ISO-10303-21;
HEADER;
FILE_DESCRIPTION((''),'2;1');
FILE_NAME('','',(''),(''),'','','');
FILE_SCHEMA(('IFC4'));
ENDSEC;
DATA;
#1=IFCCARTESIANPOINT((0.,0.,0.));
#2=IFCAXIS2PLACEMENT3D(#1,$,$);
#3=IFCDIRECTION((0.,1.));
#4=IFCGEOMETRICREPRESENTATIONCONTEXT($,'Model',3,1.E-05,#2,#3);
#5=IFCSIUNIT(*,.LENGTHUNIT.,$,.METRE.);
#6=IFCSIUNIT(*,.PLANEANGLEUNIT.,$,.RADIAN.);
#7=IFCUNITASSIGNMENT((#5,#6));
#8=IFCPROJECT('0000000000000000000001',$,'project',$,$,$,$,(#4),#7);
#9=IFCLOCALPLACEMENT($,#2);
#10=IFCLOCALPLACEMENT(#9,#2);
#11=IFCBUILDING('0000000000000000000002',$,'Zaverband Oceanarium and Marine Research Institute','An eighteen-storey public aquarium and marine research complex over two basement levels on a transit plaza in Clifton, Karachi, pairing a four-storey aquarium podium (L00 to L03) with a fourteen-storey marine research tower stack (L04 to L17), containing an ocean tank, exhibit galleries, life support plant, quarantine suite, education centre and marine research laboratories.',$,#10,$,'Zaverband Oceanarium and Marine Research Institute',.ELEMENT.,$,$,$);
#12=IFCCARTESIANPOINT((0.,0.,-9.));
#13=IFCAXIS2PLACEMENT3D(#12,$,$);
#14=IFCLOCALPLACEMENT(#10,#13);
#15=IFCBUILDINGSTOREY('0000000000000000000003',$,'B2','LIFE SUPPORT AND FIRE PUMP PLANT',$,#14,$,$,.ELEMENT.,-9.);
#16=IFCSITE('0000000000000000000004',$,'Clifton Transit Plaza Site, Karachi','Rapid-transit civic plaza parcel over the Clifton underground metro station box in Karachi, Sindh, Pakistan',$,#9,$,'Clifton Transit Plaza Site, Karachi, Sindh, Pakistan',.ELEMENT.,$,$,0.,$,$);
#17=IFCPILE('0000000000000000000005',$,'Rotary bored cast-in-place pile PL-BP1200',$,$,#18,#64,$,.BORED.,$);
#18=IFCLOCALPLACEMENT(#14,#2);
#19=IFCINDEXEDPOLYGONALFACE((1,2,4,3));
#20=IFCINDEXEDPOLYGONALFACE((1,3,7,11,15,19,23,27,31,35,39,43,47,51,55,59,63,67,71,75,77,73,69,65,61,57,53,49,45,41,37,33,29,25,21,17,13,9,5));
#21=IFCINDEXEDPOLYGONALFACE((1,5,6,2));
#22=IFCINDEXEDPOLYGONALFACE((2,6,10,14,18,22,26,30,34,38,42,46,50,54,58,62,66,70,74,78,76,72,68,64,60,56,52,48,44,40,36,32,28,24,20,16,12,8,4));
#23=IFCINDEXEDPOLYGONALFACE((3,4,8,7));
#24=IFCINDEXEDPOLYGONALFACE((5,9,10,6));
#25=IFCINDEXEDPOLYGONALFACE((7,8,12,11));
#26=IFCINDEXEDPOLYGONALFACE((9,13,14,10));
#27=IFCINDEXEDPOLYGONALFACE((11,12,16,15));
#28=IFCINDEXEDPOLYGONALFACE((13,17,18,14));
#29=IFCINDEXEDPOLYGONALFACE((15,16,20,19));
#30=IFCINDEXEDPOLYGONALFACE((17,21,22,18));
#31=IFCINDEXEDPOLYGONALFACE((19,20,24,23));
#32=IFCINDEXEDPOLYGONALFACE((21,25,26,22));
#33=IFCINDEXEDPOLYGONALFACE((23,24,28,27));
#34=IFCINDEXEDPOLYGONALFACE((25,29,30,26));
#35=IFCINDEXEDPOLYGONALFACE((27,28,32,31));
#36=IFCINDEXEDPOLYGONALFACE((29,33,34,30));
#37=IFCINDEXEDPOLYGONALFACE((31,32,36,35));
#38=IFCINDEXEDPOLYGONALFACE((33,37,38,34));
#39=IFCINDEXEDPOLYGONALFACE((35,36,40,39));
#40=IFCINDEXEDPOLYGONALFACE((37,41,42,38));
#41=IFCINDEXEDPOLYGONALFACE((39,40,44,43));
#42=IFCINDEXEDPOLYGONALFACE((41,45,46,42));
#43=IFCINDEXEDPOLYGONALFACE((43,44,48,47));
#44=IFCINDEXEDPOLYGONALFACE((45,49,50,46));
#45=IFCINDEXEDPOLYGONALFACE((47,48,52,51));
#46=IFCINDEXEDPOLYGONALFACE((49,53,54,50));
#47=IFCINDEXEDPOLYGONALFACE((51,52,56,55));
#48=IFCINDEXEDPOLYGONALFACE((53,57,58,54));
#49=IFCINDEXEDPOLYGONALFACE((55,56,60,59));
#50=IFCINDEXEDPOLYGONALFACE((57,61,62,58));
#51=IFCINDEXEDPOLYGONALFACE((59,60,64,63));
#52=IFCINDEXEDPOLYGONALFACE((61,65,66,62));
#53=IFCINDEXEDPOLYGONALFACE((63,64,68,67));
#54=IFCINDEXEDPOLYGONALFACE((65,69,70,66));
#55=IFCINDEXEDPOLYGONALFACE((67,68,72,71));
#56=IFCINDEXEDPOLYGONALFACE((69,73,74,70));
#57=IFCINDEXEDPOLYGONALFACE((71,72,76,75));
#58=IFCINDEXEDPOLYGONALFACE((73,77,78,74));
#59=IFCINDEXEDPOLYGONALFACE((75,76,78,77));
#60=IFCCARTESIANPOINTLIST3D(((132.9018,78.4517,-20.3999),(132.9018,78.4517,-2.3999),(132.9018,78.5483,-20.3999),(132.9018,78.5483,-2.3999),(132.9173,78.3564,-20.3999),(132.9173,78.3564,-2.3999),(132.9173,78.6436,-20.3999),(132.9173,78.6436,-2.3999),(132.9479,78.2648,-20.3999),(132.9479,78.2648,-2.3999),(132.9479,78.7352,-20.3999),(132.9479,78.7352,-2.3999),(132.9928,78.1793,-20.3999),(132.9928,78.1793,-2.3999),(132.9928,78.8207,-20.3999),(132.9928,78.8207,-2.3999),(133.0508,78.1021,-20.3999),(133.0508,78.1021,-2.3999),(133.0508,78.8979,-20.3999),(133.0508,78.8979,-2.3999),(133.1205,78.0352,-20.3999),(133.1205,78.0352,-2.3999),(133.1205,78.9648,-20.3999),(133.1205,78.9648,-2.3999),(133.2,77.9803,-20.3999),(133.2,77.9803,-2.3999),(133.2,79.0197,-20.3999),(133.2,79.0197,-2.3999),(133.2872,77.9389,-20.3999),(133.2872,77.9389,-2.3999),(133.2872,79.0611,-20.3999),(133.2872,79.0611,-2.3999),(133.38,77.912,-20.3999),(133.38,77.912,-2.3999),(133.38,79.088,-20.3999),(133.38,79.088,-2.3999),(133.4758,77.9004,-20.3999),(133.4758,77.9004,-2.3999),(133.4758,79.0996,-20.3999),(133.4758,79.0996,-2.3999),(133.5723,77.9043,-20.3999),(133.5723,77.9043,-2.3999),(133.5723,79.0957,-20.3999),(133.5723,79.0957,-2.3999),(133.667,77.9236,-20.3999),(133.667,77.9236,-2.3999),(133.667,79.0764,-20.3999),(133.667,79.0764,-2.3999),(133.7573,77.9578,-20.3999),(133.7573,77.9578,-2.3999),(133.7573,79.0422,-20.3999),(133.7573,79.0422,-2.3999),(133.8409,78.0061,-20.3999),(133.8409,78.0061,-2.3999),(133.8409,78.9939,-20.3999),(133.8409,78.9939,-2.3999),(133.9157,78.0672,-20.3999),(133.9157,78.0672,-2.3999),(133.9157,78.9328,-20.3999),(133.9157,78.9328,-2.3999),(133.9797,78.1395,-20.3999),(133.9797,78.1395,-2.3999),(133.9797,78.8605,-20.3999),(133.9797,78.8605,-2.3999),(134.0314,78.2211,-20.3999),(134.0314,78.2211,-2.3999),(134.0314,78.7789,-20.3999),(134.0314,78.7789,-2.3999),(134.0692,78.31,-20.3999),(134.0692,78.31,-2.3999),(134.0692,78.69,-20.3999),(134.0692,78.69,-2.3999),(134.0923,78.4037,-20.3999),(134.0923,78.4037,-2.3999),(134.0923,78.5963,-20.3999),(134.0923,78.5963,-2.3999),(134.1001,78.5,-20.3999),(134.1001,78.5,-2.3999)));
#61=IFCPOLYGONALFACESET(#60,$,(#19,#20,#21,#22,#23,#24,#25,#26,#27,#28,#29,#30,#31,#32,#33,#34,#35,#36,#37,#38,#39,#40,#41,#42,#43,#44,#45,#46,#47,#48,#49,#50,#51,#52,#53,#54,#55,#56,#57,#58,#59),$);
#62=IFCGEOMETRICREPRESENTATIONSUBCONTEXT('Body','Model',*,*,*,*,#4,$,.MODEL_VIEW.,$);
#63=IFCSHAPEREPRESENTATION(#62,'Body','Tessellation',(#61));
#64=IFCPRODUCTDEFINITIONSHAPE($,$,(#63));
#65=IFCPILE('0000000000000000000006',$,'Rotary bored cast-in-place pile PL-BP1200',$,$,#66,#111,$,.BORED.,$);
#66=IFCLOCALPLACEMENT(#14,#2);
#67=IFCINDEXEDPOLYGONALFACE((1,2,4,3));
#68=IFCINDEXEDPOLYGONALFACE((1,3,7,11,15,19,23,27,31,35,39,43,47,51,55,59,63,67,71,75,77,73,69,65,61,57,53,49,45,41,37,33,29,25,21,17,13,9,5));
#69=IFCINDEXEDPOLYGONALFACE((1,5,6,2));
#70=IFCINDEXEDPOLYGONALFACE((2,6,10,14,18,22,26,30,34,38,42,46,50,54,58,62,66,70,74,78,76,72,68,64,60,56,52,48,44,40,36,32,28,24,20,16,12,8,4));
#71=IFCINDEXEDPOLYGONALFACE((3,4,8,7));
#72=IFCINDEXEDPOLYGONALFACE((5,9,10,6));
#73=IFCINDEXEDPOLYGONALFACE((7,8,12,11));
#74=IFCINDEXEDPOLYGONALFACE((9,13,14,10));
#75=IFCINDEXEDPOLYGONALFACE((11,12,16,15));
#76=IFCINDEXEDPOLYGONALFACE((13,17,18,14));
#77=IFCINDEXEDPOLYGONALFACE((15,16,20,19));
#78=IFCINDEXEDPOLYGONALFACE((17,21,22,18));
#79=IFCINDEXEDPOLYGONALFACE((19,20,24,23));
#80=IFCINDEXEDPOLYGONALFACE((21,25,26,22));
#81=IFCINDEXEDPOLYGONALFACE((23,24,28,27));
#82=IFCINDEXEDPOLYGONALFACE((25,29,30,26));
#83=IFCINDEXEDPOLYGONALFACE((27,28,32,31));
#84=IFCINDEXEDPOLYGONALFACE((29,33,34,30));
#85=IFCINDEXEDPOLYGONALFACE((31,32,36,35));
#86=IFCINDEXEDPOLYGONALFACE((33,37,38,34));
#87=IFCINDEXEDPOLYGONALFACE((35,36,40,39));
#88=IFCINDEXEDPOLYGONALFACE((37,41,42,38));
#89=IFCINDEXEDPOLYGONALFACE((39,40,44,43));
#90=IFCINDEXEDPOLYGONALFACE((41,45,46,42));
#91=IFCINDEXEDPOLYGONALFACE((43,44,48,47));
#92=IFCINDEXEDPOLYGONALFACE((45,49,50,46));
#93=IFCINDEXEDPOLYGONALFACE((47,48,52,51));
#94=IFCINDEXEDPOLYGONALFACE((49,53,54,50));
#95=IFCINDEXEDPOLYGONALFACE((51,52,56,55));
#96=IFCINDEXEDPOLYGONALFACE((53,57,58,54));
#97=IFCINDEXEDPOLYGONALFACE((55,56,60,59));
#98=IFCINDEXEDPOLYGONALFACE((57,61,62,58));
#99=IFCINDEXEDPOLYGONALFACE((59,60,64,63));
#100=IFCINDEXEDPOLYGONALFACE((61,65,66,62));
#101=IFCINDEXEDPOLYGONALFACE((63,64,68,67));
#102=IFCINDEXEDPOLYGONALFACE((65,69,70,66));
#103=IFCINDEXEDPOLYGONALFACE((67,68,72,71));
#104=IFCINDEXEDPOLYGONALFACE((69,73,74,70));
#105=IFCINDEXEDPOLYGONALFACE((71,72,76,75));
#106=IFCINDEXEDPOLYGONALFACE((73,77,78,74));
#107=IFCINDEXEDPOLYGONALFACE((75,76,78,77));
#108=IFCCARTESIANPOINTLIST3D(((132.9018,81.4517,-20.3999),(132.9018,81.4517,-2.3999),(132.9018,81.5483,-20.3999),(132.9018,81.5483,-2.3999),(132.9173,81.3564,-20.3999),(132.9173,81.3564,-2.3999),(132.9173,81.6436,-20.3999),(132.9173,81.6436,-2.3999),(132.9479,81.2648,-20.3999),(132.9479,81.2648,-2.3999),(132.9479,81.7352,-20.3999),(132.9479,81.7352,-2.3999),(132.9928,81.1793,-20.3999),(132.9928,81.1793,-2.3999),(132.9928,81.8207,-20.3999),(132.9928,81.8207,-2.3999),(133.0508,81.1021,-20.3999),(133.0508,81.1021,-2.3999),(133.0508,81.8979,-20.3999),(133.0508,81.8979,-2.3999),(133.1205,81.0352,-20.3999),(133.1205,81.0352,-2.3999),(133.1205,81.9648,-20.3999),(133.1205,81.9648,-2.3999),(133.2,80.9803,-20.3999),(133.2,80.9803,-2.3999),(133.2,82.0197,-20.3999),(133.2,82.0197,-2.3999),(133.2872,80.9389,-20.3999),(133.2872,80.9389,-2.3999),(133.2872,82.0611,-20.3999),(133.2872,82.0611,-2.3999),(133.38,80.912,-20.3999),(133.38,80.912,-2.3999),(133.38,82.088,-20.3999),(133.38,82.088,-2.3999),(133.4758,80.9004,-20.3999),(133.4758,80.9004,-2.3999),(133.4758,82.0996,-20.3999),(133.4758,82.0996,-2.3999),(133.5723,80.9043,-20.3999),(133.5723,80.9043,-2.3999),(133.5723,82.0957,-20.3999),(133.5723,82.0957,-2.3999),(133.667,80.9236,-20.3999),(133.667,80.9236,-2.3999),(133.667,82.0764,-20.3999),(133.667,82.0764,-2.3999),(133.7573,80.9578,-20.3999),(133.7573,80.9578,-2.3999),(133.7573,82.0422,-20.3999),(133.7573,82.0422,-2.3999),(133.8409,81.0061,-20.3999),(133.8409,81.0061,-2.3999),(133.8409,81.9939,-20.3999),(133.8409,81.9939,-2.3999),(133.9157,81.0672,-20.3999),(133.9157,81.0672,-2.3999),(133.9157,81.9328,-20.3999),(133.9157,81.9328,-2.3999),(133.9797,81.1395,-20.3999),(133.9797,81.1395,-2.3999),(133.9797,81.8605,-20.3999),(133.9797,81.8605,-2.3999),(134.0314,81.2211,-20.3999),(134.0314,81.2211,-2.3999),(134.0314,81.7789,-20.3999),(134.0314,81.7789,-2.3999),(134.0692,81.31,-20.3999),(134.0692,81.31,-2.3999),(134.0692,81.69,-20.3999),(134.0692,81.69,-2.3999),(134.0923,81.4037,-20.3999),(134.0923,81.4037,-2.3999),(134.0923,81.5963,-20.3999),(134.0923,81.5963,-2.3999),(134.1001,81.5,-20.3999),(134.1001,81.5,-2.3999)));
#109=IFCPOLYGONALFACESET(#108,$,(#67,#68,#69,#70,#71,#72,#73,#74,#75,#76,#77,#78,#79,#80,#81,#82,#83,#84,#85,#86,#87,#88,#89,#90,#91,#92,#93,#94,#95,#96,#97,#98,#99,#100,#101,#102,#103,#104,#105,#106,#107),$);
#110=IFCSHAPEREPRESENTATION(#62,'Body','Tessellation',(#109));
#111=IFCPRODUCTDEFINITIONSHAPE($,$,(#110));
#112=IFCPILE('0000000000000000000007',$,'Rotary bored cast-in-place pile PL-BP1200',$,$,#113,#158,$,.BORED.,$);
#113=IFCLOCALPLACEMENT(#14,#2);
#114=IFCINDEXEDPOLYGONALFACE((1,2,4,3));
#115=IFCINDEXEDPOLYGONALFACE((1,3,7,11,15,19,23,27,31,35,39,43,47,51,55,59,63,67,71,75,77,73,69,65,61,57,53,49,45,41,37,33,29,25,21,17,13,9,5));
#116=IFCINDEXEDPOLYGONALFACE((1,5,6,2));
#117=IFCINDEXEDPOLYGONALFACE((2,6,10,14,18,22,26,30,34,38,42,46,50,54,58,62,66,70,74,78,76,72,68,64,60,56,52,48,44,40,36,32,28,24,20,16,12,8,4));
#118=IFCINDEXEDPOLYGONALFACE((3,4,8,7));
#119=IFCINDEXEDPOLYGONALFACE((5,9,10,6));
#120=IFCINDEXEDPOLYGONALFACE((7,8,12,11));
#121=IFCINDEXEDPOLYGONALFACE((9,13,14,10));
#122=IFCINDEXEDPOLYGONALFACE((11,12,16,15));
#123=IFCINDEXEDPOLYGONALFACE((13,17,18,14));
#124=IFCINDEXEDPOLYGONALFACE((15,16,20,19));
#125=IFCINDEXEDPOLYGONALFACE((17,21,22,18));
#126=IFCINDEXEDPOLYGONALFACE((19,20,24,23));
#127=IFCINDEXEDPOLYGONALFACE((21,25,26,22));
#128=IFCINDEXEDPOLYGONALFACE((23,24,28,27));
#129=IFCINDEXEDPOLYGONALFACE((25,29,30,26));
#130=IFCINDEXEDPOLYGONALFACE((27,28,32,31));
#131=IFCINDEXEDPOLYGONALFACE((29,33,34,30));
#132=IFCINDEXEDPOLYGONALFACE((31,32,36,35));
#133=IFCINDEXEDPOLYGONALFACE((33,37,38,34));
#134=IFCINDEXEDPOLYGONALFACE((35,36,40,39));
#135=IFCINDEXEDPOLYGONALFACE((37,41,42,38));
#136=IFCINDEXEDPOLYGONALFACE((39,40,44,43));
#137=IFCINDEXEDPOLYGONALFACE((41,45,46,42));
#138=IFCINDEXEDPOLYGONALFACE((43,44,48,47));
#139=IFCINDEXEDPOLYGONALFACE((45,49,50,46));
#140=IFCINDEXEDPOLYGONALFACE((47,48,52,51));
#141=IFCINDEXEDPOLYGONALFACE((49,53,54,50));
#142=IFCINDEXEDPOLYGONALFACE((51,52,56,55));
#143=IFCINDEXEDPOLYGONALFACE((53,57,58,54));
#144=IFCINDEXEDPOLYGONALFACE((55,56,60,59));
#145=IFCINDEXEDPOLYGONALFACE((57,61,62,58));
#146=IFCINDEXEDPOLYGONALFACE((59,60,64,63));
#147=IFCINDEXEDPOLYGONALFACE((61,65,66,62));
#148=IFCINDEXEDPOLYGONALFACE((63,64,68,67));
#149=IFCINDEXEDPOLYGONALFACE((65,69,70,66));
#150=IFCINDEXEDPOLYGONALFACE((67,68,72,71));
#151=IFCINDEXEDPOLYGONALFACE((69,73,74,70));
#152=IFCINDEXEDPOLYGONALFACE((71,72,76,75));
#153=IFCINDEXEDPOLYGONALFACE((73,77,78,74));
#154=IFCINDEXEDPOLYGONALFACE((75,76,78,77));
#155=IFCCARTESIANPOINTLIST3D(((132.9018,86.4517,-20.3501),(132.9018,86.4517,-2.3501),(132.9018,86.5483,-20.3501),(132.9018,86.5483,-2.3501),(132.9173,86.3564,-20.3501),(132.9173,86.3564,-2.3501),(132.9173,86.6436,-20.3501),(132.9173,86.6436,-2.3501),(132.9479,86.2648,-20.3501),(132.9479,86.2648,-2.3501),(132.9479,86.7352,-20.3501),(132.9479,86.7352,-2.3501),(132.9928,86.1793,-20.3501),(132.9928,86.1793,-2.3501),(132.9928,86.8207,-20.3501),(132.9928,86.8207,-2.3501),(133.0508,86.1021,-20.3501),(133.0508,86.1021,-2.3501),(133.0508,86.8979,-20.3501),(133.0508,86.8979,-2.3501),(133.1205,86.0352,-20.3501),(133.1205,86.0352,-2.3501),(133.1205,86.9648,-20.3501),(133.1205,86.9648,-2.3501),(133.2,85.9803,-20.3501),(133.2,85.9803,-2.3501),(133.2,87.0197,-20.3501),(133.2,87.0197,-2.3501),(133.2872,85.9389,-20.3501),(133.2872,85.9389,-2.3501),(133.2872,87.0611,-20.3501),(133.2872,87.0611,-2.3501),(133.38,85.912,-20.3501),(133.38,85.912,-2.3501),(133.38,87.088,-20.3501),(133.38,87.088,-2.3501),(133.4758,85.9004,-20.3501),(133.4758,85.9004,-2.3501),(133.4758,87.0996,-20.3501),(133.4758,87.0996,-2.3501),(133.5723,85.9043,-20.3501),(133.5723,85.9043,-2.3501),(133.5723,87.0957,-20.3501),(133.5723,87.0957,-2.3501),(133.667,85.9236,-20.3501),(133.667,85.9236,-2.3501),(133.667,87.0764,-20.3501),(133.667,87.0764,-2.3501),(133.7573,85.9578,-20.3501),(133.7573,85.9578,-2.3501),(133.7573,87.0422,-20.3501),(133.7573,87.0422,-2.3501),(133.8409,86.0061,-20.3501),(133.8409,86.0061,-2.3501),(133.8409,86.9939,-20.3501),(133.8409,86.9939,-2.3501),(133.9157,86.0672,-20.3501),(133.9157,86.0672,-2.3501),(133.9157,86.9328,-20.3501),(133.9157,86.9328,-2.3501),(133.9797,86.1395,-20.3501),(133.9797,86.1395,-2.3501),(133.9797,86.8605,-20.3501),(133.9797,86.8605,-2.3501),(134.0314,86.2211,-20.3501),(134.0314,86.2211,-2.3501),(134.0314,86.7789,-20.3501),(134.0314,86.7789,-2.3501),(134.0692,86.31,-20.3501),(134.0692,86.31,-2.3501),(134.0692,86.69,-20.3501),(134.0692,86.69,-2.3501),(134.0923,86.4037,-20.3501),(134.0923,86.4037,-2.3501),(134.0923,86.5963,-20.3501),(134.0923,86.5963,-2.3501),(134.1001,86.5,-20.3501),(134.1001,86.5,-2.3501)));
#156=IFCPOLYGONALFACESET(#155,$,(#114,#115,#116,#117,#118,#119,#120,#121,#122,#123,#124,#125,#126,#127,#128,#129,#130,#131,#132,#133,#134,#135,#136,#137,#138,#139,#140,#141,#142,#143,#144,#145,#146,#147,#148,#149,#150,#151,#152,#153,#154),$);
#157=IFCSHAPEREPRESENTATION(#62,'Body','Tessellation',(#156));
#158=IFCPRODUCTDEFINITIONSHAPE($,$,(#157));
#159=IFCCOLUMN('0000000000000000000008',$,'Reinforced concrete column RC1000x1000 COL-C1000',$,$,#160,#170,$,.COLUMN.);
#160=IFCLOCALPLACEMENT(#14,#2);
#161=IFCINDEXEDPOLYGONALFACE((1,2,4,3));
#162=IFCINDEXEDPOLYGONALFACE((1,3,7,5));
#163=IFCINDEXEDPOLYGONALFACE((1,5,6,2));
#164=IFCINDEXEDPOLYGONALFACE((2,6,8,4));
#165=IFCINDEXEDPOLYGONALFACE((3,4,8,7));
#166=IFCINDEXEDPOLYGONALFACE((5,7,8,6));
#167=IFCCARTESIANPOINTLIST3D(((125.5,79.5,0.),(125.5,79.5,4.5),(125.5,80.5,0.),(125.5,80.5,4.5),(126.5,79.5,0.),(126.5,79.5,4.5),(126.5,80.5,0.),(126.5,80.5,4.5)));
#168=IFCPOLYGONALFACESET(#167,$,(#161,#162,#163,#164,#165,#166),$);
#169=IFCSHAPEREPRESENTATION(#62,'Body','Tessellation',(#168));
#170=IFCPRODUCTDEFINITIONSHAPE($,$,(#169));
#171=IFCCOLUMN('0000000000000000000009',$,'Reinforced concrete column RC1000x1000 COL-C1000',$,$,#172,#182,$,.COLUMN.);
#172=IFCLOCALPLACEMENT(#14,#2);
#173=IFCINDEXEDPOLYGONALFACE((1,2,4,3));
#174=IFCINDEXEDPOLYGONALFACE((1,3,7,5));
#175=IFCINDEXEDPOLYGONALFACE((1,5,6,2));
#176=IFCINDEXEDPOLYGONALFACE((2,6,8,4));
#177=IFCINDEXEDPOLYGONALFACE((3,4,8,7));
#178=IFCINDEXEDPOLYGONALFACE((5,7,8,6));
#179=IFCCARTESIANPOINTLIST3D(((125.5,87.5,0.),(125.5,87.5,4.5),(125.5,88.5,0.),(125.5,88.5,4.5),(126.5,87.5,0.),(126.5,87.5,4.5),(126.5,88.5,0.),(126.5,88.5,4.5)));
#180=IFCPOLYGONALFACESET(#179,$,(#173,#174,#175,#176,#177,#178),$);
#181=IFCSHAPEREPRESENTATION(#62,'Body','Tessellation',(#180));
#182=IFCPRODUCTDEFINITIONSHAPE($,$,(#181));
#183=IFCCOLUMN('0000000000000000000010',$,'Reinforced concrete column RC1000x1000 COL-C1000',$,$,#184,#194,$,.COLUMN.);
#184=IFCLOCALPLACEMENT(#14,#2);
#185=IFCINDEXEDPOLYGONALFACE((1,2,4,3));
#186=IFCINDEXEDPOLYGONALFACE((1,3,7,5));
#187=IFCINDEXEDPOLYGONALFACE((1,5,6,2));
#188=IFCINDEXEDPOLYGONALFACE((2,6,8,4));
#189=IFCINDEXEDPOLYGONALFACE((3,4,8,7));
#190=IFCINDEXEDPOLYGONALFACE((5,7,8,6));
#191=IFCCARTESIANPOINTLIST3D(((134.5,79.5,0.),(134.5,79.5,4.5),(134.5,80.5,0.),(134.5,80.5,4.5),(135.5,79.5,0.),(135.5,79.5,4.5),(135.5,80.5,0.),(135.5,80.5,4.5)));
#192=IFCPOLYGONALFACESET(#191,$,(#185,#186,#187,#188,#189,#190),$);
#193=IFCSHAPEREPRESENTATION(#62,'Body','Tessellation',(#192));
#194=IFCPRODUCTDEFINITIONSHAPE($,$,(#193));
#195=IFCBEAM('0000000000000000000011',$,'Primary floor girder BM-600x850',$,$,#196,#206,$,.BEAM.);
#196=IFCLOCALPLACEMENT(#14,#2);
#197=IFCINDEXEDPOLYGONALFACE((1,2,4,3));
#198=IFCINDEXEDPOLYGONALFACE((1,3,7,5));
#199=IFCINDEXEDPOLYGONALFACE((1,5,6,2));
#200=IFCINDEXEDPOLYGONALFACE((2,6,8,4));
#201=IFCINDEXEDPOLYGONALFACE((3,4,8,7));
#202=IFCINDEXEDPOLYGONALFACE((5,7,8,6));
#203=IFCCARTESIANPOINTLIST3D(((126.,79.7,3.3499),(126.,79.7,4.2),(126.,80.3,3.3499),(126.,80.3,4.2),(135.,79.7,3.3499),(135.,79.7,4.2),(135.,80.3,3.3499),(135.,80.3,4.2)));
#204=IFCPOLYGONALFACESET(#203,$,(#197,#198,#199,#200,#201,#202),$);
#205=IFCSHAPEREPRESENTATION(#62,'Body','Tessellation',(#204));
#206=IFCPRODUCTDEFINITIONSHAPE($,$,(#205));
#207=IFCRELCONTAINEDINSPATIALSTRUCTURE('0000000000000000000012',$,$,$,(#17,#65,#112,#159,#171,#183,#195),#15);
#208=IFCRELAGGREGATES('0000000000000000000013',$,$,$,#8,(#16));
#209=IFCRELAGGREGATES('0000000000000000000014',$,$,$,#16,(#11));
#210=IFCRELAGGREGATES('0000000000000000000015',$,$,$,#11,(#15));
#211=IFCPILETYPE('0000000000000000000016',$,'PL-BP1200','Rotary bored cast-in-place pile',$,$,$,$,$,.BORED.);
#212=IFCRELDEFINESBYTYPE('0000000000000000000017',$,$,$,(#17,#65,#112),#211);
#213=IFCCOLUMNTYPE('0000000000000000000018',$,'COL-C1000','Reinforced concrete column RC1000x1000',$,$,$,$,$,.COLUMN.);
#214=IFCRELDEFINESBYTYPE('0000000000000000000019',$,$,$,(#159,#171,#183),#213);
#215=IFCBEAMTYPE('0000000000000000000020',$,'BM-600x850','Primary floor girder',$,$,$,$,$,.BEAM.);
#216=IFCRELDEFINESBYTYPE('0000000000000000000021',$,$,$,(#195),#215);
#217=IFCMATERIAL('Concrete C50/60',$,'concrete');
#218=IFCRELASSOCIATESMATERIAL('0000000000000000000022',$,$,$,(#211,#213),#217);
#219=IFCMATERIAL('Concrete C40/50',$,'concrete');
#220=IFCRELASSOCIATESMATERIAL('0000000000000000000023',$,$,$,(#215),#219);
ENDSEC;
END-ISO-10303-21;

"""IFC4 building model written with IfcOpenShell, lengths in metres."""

from ifc_helpers import new_model, si_unit, direction, frame, origin, origin_2d, place, context, subcontext, project, spatial, rectangle, circle, extrude, material, material_profile, profile_set, type_object, element, save


model = new_model("IFC4")

# Units and contexts
model_context = context("Model", 3, precision=1e-05, world=origin(), true_north=direction((0.0, 1.0)))
body_context = subcontext(model_context, "Body", "Model", "MODEL_VIEW")
ifc_project = project(units=[si_unit("LENGTHUNIT", "METRE"), si_unit("PLANEANGLEUNIT", "RADIAN")], contexts=[model_context])

# Site, building, storey
site_placement = place(None, origin())
site = spatial("IfcSite", under=ifc_project, at=site_placement, Name="Clifton Transit Plaza Site, Karachi", Description="Rapid-transit civic plaza parcel over the Clifton underground metro station box in Karachi, Sindh, Pakistan", LongName="Clifton Transit Plaza Site, Karachi, Sindh, Pakistan", CompositionType="ELEMENT", RefElevation=0.0)
building_placement = place(site_placement, origin())
building = spatial("IfcBuilding", under=site, at=building_placement, Name="Zaverband Oceanarium and Marine Research Institute", Description="An eighteen-storey public aquarium and marine research complex over two basement levels on a transit plaza in Clifton, Karachi, pairing a four-storey aquarium podium (L00 to L03) with a fourteen-storey marine research tower stack (L04 to L17), containing an ocean tank, exhibit galleries, life support plant, quarantine suite, education centre and marine research laboratories.", LongName="Zaverband Oceanarium and Marine Research Institute", CompositionType="ELEMENT")
storey_placement = place(building_placement, frame((0.0, 0.0, -9.0)))
storey = spatial("IfcBuildingStorey", under=building, at=storey_placement, Name="B2", Description="LIFE SUPPORT AND FIRE PUMP PLANT", CompositionType="ELEMENT", Elevation=-9.0)

# Shared definitions
ifc_material_1 = material(Name="Concrete C50/60", Category="concrete")

# Piles
ifc_material_profile_1 = material_profile(ifc_material_1, circle(Radius=0.6001, at=origin_2d()), Name="BP1200")
ifc_profile_set_1 = profile_set([ifc_material_profile_1], Name="Concrete C50/60")
pile_type = type_object("IfcPileType", Name="PL-BP1200", Description="Rotary bored cast-in-place pile", PredefinedType="BORED", material=ifc_profile_set_1)
for number, where, z_axis, x_axis, name in (
    (1, (133.5, 78.5, -2.3999), (0.0, 0.0, -1.0), (1.0, 0.0, 0.0), "Rotary bored cast-in-place pile PL-BP1200"),
    (2, (133.5, 81.5, -2.3999), (0.0, 0.0, -1.0), (1.0, 0.0, 0.0), "Rotary bored cast-in-place pile PL-BP1200"),
    (3, (133.5, 86.5, -2.3501), (0.0, 0.0, -1.0), (1.0, 0.0, 0.0), "Rotary bored cast-in-place pile PL-BP1200"),
):
    element("IfcPile", number, at=place(storey_placement, frame(where, z_axis=z_axis, x_axis=x_axis)), inside=storey, type_object=pile_type, Name=name, PredefinedType="BORED", context=body_context, shape_type="SweptSolid", body=[
        extrude(circle(Radius=0.6001, at=origin_2d()), origin(), (0.0, 0.0, 1.0), 18.0),
    ])

# Columns
ifc_material_profile_2 = material_profile(ifc_material_1, rectangle(XDim=1.0, YDim=1.0, at=origin_2d()), Name="RC1000x1000")
ifc_profile_set_2 = profile_set([ifc_material_profile_2], Name="Concrete C50/60")
column_type = type_object("IfcColumnType", Name="COL-C1000", Description="Reinforced concrete column RC1000x1000", PredefinedType="COLUMN", material=ifc_profile_set_2)
for number, where, z_axis, x_axis, name in (
    (4, (126.0, 80.0, 0.0), (0.0, 0.0, 1.0), (1.0, 0.0, 0.0), "Reinforced concrete column RC1000x1000 COL-C1000"),
    (5, (126.0, 88.0, 0.0), (0.0, 0.0, 1.0), (1.0, 0.0, 0.0), "Reinforced concrete column RC1000x1000 COL-C1000"),
    (6, (135.0, 80.0, 0.0), (0.0, 0.0, 1.0), (1.0, 0.0, 0.0), "Reinforced concrete column RC1000x1000 COL-C1000"),
):
    element("IfcColumn", number, at=place(storey_placement, frame(where, z_axis=z_axis, x_axis=x_axis)), inside=storey, type_object=column_type, Name=name, PredefinedType="COLUMN", context=body_context, shape_type="SweptSolid", body=[
        extrude(rectangle(XDim=1.0, YDim=1.0, at=origin_2d()), origin(), (0.0, 0.0, 1.0), 4.5),
    ])

# Beam
ifc_material_2 = material(Name="Concrete C40/50", Category="concrete")
ifc_material_profile_3 = material_profile(ifc_material_2, rectangle(XDim=0.6001, YDim=0.8501, at=origin_2d()), Name="RC600x850")
ifc_profile_set_3 = profile_set([ifc_material_profile_3], Name="Concrete C40/50")
beam_type_1 = type_object("IfcBeamType", Name="BM-600x850", Description="Primary floor girder", PredefinedType="BEAM", material=ifc_profile_set_3)
beam_placement = place(storey_placement, frame((126.0, 80.0, 3.7749), z_axis=(1.0, 0.0, 0.0), x_axis=(0.0, 1.0, 0.0)))
element("IfcBeam", 7, at=beam_placement, inside=storey, type_object=beam_type_1, Name="Primary floor girder BM-600x850", PredefinedType="BEAM", context=body_context, shape_type="SweptSolid", body=[
    extrude(rectangle(XDim=0.6001, YDim=0.8501, at=origin_2d()), origin(), (0.0, 0.0, 1.0), 9.0),
])

save(model, "model.ifc")
